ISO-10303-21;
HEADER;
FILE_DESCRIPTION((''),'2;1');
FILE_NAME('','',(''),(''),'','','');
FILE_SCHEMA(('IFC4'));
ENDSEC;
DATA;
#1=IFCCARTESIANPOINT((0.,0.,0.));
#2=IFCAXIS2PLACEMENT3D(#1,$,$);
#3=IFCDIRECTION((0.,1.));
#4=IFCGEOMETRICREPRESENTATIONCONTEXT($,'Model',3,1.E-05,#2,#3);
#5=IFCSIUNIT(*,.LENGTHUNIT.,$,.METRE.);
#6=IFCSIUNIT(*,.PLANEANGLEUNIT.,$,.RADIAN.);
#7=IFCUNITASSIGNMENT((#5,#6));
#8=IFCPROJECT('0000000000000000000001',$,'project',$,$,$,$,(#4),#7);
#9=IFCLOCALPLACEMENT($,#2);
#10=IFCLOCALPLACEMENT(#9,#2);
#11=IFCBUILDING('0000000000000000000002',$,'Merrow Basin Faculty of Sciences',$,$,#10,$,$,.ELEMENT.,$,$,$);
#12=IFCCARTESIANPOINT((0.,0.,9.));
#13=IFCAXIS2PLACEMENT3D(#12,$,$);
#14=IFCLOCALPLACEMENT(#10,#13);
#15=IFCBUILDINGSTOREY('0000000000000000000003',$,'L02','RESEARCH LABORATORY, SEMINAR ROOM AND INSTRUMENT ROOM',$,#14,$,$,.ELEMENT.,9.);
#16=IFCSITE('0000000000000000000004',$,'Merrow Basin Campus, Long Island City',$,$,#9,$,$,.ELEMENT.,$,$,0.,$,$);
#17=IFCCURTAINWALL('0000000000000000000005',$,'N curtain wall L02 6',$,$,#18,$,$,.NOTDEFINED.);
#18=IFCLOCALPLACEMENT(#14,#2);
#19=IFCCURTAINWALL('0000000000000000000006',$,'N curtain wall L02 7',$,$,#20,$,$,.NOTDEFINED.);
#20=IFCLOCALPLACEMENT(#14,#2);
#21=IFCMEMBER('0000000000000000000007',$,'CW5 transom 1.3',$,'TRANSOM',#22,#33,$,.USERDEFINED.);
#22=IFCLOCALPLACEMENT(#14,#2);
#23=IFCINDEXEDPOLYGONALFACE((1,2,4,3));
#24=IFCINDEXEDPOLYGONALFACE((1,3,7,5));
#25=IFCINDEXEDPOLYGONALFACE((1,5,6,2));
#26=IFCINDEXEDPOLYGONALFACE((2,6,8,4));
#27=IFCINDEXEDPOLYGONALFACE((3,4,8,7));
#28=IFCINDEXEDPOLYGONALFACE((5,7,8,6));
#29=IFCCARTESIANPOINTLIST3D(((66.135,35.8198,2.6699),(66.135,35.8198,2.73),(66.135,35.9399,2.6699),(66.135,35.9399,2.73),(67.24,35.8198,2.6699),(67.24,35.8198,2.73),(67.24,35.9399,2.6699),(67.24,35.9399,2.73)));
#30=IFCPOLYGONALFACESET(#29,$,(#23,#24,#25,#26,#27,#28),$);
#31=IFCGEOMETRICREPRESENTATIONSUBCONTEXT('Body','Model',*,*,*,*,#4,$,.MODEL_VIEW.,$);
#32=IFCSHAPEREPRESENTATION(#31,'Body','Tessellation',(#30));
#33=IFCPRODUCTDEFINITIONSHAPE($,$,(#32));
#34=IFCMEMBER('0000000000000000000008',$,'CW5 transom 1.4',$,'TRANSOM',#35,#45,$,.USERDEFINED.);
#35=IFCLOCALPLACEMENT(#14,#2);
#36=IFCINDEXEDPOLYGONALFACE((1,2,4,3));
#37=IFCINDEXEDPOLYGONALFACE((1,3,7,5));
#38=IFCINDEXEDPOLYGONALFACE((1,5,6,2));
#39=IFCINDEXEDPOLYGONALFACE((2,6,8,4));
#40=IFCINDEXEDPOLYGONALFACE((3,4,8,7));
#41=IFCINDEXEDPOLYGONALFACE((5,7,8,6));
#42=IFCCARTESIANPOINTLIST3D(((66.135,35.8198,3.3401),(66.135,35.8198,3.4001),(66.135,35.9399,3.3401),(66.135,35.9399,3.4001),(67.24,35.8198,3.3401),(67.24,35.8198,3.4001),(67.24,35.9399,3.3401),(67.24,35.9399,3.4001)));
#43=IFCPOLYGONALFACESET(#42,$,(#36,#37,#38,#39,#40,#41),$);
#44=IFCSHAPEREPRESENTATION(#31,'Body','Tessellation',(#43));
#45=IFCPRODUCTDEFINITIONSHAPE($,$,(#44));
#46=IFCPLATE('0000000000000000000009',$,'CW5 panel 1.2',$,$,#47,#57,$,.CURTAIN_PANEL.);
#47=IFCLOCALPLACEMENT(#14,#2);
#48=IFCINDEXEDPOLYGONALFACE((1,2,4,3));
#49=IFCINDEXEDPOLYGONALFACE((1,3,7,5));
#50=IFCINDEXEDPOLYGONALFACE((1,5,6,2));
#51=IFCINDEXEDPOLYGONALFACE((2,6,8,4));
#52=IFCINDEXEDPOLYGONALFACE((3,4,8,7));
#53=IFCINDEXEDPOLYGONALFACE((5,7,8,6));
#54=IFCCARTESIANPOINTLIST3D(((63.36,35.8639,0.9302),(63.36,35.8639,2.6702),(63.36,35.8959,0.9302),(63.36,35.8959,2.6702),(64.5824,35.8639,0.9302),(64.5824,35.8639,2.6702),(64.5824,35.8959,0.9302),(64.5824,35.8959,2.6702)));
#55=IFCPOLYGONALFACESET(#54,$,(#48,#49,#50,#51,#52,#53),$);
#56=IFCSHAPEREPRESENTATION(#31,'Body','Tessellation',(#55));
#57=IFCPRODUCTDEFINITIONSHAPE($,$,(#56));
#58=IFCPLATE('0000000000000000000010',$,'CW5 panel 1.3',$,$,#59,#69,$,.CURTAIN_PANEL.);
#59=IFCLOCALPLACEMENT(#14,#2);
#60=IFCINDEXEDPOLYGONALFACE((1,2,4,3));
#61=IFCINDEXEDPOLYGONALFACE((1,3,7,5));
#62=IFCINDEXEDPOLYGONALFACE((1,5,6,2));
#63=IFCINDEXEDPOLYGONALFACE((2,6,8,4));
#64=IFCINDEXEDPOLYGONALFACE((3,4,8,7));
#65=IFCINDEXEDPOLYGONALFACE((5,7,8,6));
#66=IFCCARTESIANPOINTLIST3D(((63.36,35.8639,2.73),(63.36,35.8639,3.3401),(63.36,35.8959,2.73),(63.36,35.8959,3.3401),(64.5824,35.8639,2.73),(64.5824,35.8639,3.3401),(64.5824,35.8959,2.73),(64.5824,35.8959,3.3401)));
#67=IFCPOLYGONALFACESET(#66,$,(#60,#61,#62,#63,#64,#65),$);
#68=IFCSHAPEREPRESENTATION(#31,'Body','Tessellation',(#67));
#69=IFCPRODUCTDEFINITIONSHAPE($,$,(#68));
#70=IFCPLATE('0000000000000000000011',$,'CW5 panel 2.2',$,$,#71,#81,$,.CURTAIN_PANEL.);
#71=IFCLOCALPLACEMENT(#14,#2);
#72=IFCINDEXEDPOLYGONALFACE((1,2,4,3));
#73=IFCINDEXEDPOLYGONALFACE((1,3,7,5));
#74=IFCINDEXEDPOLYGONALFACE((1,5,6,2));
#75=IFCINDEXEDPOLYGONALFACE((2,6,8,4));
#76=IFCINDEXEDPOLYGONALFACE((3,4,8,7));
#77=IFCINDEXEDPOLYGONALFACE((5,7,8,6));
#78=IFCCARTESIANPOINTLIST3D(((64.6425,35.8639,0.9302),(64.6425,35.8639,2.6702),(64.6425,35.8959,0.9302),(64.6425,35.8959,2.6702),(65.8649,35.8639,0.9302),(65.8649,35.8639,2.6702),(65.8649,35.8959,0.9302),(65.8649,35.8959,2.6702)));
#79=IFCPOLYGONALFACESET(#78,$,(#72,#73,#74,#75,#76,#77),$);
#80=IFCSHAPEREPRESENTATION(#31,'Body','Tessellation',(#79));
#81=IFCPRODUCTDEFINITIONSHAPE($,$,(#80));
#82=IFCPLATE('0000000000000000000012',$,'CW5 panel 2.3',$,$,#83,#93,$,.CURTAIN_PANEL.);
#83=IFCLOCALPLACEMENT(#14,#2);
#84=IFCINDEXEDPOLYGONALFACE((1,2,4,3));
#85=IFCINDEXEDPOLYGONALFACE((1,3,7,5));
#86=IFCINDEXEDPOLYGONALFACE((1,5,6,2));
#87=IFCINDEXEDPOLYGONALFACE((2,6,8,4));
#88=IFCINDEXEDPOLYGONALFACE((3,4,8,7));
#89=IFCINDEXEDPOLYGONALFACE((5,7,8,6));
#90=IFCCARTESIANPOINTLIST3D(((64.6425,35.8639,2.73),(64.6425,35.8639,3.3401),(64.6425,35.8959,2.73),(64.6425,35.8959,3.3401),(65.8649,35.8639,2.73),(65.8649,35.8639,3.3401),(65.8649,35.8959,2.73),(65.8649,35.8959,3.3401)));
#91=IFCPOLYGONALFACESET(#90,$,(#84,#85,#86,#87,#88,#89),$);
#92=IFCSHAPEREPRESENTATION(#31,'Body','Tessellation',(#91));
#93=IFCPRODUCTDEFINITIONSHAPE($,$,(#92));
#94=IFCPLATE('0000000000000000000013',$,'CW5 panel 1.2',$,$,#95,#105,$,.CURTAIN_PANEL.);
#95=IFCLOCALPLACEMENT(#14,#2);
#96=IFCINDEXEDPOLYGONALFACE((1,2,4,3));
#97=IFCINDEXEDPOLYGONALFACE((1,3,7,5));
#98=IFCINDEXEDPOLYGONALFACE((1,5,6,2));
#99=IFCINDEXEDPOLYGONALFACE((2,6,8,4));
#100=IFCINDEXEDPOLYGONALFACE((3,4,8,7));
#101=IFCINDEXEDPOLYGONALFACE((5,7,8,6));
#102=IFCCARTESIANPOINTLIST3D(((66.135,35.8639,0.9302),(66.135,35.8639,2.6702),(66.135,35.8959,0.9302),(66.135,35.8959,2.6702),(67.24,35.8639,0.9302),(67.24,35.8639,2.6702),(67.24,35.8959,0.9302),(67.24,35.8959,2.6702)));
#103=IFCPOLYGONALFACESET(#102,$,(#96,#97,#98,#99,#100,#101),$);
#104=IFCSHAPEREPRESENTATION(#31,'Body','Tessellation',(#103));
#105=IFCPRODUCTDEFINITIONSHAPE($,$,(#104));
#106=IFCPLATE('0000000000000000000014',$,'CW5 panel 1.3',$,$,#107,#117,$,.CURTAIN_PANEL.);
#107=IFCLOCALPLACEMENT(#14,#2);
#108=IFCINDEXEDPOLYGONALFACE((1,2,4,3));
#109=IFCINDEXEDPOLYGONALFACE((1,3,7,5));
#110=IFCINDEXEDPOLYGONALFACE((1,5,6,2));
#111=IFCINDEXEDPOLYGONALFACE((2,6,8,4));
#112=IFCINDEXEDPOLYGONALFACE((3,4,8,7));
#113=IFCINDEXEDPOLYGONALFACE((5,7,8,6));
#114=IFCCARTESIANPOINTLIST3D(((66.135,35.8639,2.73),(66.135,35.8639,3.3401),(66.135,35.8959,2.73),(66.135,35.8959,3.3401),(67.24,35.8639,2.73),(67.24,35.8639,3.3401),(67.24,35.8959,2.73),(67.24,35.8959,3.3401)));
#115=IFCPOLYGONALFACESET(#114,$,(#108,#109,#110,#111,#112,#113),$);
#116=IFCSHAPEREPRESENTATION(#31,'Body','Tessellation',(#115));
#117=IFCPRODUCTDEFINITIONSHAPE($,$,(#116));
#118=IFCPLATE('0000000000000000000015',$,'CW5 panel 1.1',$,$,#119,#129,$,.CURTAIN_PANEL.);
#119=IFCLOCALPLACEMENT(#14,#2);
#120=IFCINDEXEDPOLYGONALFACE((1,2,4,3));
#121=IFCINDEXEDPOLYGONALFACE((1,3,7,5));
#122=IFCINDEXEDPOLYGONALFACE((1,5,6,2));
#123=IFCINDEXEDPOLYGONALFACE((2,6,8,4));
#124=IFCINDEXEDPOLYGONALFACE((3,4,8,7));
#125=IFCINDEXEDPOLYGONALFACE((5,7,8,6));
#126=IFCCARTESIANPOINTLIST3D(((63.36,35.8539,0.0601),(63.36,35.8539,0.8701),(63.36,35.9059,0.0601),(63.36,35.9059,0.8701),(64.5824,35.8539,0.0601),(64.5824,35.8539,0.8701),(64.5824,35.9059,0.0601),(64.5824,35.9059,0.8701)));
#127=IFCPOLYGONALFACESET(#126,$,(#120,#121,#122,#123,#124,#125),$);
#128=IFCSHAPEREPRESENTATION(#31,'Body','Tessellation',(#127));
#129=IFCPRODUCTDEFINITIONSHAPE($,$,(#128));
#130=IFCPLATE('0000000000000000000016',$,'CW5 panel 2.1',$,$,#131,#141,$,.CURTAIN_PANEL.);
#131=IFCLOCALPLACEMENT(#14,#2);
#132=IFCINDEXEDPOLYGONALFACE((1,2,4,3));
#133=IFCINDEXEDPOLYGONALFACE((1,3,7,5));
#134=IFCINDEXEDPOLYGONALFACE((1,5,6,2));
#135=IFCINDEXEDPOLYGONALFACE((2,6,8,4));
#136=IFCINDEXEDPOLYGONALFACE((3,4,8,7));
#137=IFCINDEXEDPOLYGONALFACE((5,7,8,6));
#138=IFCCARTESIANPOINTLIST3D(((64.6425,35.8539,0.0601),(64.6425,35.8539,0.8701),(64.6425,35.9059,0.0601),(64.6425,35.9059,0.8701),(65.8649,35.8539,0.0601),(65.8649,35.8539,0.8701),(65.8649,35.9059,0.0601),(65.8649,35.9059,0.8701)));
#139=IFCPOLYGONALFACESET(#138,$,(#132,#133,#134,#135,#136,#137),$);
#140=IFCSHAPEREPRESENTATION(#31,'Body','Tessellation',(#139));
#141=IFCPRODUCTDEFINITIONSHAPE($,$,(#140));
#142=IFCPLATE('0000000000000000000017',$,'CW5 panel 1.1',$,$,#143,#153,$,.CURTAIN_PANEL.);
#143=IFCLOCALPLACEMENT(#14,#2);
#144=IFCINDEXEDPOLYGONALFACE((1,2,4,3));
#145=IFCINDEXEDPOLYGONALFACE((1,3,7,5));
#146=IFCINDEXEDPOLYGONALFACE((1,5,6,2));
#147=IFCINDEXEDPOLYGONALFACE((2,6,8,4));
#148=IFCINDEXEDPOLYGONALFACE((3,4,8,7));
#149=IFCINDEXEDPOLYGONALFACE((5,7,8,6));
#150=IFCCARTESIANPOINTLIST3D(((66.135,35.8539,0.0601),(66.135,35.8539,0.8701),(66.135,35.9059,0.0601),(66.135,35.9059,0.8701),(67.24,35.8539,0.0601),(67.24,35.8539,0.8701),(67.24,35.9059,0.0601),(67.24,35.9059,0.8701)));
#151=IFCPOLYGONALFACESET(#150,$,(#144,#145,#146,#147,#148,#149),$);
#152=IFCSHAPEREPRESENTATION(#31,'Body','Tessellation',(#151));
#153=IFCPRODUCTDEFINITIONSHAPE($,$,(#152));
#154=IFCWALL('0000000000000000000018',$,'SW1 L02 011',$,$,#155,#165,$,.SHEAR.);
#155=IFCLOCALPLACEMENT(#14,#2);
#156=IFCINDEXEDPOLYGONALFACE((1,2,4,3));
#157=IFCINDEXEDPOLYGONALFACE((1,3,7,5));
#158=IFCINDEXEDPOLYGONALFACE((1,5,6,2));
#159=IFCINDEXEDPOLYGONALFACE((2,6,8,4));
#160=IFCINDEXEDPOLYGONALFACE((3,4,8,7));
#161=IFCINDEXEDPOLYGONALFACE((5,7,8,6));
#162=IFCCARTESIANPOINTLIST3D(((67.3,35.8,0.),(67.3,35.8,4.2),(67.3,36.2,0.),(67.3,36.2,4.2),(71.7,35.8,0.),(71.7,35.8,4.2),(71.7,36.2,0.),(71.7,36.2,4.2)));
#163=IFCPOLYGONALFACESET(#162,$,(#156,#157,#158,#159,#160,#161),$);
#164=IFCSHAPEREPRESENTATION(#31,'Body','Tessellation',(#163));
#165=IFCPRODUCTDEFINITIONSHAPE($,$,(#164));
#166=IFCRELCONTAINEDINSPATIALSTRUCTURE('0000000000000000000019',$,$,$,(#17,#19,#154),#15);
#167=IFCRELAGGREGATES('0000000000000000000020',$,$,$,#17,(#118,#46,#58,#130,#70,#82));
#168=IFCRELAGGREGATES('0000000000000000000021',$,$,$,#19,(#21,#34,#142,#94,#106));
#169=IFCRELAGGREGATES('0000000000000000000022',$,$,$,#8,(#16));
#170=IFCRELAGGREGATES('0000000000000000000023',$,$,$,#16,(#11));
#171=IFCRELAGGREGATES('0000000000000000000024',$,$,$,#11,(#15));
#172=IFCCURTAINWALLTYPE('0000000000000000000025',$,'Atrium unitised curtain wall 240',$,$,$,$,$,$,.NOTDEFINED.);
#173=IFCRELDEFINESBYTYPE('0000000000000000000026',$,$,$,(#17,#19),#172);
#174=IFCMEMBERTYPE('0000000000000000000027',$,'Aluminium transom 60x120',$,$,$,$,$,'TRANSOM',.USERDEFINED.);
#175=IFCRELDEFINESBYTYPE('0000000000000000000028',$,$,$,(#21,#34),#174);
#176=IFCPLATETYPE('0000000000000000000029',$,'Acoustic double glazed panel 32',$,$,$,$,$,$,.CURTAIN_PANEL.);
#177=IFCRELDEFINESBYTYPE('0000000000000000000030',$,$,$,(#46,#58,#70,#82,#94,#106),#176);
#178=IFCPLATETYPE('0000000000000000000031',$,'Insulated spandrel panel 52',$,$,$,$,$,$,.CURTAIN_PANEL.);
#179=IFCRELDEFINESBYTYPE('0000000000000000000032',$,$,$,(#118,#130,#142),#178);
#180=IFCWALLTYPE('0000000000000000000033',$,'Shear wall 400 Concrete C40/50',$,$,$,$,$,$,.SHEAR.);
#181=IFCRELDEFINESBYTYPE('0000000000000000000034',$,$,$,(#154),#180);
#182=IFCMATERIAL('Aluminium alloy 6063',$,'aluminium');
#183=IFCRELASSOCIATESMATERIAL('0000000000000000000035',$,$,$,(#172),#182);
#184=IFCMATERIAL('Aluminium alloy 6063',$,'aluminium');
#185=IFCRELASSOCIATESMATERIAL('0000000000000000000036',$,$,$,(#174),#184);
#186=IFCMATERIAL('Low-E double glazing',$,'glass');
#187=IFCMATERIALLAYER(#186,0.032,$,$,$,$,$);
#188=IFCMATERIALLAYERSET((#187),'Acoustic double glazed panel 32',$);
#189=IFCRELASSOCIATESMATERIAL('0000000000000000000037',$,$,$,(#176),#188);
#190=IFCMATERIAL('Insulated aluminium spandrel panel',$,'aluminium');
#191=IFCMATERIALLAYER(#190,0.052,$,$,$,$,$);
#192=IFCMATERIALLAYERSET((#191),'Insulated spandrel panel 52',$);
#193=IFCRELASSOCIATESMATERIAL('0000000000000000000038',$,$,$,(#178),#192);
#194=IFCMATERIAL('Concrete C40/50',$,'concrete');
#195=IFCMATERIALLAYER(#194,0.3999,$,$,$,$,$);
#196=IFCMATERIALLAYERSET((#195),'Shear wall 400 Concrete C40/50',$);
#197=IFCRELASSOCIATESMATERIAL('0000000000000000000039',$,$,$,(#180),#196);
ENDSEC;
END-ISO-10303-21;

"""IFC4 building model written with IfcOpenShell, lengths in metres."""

from ifc_helpers import new_model, si_unit, direction, frame, frame_2d, origin, origin_2d, place, context, subcontext, project, spatial, rectangle, extrude, material, layer, layer_set, material_profile, profile_set, type_object, element, aggregate, save


model = new_model("IFC4")

# Units and contexts
model_context = context("Model", 3, precision=1e-05, world=origin(), true_north=direction((0.0, 1.0)))
body_context = subcontext(model_context, "Body", "Model", "MODEL_VIEW")
ifc_project = project(units=[si_unit("LENGTHUNIT", "METRE"), si_unit("PLANEANGLEUNIT", "RADIAN")], contexts=[model_context])

# Site, building, storey
site_placement = place(None, origin())
site = spatial("IfcSite", under=ifc_project, at=site_placement, Name="Merrow Basin Campus, Long Island City", CompositionType="ELEMENT", RefElevation=0.0)
building_placement = place(site_placement, origin())
building = spatial("IfcBuilding", under=site, at=building_placement, Name="Merrow Basin Faculty of Sciences", CompositionType="ELEMENT")
storey_placement = place(building_placement, frame((0.0, 0.0, 9.0)))
storey = spatial("IfcBuildingStorey", under=building, at=storey_placement, Name="L02", Description="RESEARCH LABORATORY, SEMINAR ROOM AND INSTRUMENT ROOM", CompositionType="ELEMENT", Elevation=9.0)

# Curtain walls
ifc_material_1 = material(Name="Aluminium alloy 6063", Category="aluminium")
curtain_wall_type = type_object("IfcCurtainWallType", Name="Atrium unitised curtain wall 240", PredefinedType="NOTDEFINED", material=ifc_material_1)
curtain_wall_1_placement = place(storey_placement, origin())
curtain_wall_1 = element("IfcCurtainWall", 1, at=curtain_wall_1_placement, inside=storey, type_object=curtain_wall_type, Name="N curtain wall L02 6", PredefinedType="NOTDEFINED")
curtain_wall_2_placement = place(storey_placement, origin())
curtain_wall_2 = element("IfcCurtainWall", 2, at=curtain_wall_2_placement, inside=storey, type_object=curtain_wall_type, Name="N curtain wall L02 7", PredefinedType="NOTDEFINED")

# Members
ifc_material_2 = material(Name="Aluminium alloy 6063", Category="aluminium")
ifc_material_profile_1 = material_profile(ifc_material_2, rectangle(XDim=0.1201, YDim=0.0601, at=origin_2d()))
ifc_profile_set_1 = profile_set([ifc_material_profile_1], Name="Aluminium alloy 6063")
member_type_1 = type_object("IfcMemberType", Name="Aluminium transom 60x120", ElementType="TRANSOM", PredefinedType="USERDEFINED", material=ifc_profile_set_1)
member_1_placement = place(storey_placement, frame((66.135, 35.8799, 2.7), z_axis=(1.0, 0.0, 0.0), x_axis=(0.0, 1.0, 0.0)))
member_1 = element("IfcMember", 3, at=member_1_placement, type_object=member_type_1, Name="CW5 transom 1.3", ObjectType="TRANSOM", PredefinedType="USERDEFINED", context=body_context, shape_type="SweptSolid", body=[
    extrude(rectangle(XDim=0.1201, YDim=0.0601, at=origin_2d()), origin(), (0.0, 0.0, 1.0), 1.105),
])
member_2_placement = place(storey_placement, frame((66.135, 35.8799, 3.3701), z_axis=(1.0, 0.0, 0.0), x_axis=(0.0, 1.0, 0.0)))
member_2 = element("IfcMember", 4, at=member_2_placement, type_object=member_type_1, Name="CW5 transom 1.4", ObjectType="TRANSOM", PredefinedType="USERDEFINED", context=body_context, shape_type="SweptSolid", body=[
    extrude(rectangle(XDim=0.1201, YDim=0.0601, at=origin_2d()), origin(), (0.0, 0.0, 1.0), 1.105),
])

# Plates
ifc_material_3 = material(Name="Low-E double glazing", Category="glass")
ifc_layer_1 = layer(ifc_material_3, 0.032)
ifc_layer_set_1 = layer_set([ifc_layer_1], Name="Acoustic double glazed panel 32")
plate_type_1 = type_object("IfcPlateType", Name="Acoustic double glazed panel 32", PredefinedType="CURTAIN_PANEL", material=ifc_layer_set_1)
plate_1_placement = place(storey_placement, frame((63.9712, 35.8799, 0.9302), z_axis=(0.0, 0.0, 1.0), x_axis=(1.0, 0.0, 0.0)))
plate_1 = element("IfcPlate", 5, at=plate_1_placement, type_object=plate_type_1, Name="CW5 panel 1.2", PredefinedType="CURTAIN_PANEL", context=body_context, shape_type="SweptSolid", body=[
    extrude(rectangle(XDim=1.2224, YDim=0.032, at=origin_2d()), origin(), (0.0, 0.0, 1.0), 1.74),
])
plate_2_placement = place(storey_placement, frame((63.9712, 35.8799, 2.73), z_axis=(0.0, 0.0, 1.0), x_axis=(1.0, 0.0, 0.0)))
plate_2 = element("IfcPlate", 6, at=plate_2_placement, type_object=plate_type_1, Name="CW5 panel 1.3", PredefinedType="CURTAIN_PANEL", context=body_context, shape_type="SweptSolid", body=[
    extrude(rectangle(XDim=1.2224, YDim=0.032, at=origin_2d()), origin(), (0.0, 0.0, 1.0), 0.6101),
])
plate_3_placement = place(storey_placement, frame((65.2537, 35.8799, 0.9302), z_axis=(0.0, 0.0, 1.0), x_axis=(1.0, 0.0, 0.0)))
plate_3 = element("IfcPlate", 7, at=plate_3_placement, type_object=plate_type_1, Name="CW5 panel 2.2", PredefinedType="CURTAIN_PANEL", context=body_context, shape_type="SweptSolid", body=[
    extrude(rectangle(XDim=1.2224, YDim=0.032, at=origin_2d()), origin(), (0.0, 0.0, 1.0), 1.74),
])
plate_4_placement = place(storey_placement, frame((65.2537, 35.8799, 2.73), z_axis=(0.0, 0.0, 1.0), x_axis=(1.0, 0.0, 0.0)))
plate_4 = element("IfcPlate", 8, at=plate_4_placement, type_object=plate_type_1, Name="CW5 panel 2.3", PredefinedType="CURTAIN_PANEL", context=body_context, shape_type="SweptSolid", body=[
    extrude(rectangle(XDim=1.2224, YDim=0.032, at=origin_2d()), origin(), (0.0, 0.0, 1.0), 0.6101),
])
plate_5_placement = place(storey_placement, frame((66.6875, 35.8799, 0.9302), z_axis=(0.0, 0.0, 1.0), x_axis=(1.0, 0.0, 0.0)))
plate_5 = element("IfcPlate", 9, at=plate_5_placement, type_object=plate_type_1, Name="CW5 panel 1.2", PredefinedType="CURTAIN_PANEL", context=body_context, shape_type="SweptSolid", body=[
    extrude(rectangle(XDim=1.105, YDim=0.032, at=origin_2d()), origin(), (0.0, 0.0, 1.0), 1.74),
])
plate_6_placement = place(storey_placement, frame((66.6875, 35.8799, 2.73), z_axis=(0.0, 0.0, 1.0), x_axis=(1.0, 0.0, 0.0)))
plate_6 = element("IfcPlate", 10, at=plate_6_placement, type_object=plate_type_1, Name="CW5 panel 1.3", PredefinedType="CURTAIN_PANEL", context=body_context, shape_type="SweptSolid", body=[
    extrude(rectangle(XDim=1.105, YDim=0.032, at=origin_2d()), origin(), (0.0, 0.0, 1.0), 0.6101),
])
ifc_material_4 = material(Name="Insulated aluminium spandrel panel", Category="aluminium")
ifc_layer_2 = layer(ifc_material_4, 0.052)
ifc_layer_set_2 = layer_set([ifc_layer_2], Name="Insulated spandrel panel 52")
plate_type_2 = type_object("IfcPlateType", Name="Insulated spandrel panel 52", PredefinedType="CURTAIN_PANEL", material=ifc_layer_set_2)
plate_7_placement = place(storey_placement, frame((63.9712, 35.8799, 0.0601), z_axis=(0.0, 0.0, 1.0), x_axis=(1.0, 0.0, 0.0)))
plate_7 = element("IfcPlate", 11, at=plate_7_placement, type_object=plate_type_2, Name="CW5 panel 1.1", PredefinedType="CURTAIN_PANEL", context=body_context, shape_type="SweptSolid", body=[
    extrude(rectangle(XDim=1.2224, YDim=0.052, at=origin_2d()), origin(), (0.0, 0.0, 1.0), 0.8101),
])
plate_8_placement = place(storey_placement, frame((65.2537, 35.8799, 0.0601), z_axis=(0.0, 0.0, 1.0), x_axis=(1.0, 0.0, 0.0)))
plate_8 = element("IfcPlate", 12, at=plate_8_placement, type_object=plate_type_2, Name="CW5 panel 2.1", PredefinedType="CURTAIN_PANEL", context=body_context, shape_type="SweptSolid", body=[
    extrude(rectangle(XDim=1.2224, YDim=0.052, at=origin_2d()), origin(), (0.0, 0.0, 1.0), 0.8101),
])
aggregate(curtain_wall_1, [plate_7, plate_1, plate_2, plate_8, plate_3, plate_4])
plate_9_placement = place(storey_placement, frame((66.6875, 35.8799, 0.0601), z_axis=(0.0, 0.0, 1.0), x_axis=(1.0, 0.0, 0.0)))
plate_9 = element("IfcPlate", 13, at=plate_9_placement, type_object=plate_type_2, Name="CW5 panel 1.1", PredefinedType="CURTAIN_PANEL", context=body_context, shape_type="SweptSolid", body=[
    extrude(rectangle(XDim=1.105, YDim=0.052, at=origin_2d()), origin(), (0.0, 0.0, 1.0), 0.8101),
])
aggregate(curtain_wall_2, [member_1, member_2, plate_9, plate_5, plate_6])

# Wall
ifc_material_5 = material(Name="Concrete C40/50", Category="concrete")
ifc_layer_3 = layer(ifc_material_5, 0.3999)
ifc_layer_set_3 = layer_set([ifc_layer_3], Name="Shear wall 400 Concrete C40/50")
wall_type = type_object("IfcWallType", Name="Shear wall 400 Concrete C40/50", PredefinedType="SHEAR", material=ifc_layer_set_3)
wall_placement = place(storey_placement, frame((67.3, 36.0, 0.0), z_axis=(0.0, 0.0, 1.0), x_axis=(1.0, 0.0, 0.0)))
element("IfcWall", 14, at=wall_placement, inside=storey, type_object=wall_type, Name="SW1 L02 011", PredefinedType="SHEAR", context=body_context, shape_type="SweptSolid", body=[
    extrude(rectangle(XDim=4.3999, YDim=0.3999, at=frame_2d((2.2, 0.0))), origin(), (0.0, 0.0, 1.0), 4.2),
])

save(model, "model.ifc")
